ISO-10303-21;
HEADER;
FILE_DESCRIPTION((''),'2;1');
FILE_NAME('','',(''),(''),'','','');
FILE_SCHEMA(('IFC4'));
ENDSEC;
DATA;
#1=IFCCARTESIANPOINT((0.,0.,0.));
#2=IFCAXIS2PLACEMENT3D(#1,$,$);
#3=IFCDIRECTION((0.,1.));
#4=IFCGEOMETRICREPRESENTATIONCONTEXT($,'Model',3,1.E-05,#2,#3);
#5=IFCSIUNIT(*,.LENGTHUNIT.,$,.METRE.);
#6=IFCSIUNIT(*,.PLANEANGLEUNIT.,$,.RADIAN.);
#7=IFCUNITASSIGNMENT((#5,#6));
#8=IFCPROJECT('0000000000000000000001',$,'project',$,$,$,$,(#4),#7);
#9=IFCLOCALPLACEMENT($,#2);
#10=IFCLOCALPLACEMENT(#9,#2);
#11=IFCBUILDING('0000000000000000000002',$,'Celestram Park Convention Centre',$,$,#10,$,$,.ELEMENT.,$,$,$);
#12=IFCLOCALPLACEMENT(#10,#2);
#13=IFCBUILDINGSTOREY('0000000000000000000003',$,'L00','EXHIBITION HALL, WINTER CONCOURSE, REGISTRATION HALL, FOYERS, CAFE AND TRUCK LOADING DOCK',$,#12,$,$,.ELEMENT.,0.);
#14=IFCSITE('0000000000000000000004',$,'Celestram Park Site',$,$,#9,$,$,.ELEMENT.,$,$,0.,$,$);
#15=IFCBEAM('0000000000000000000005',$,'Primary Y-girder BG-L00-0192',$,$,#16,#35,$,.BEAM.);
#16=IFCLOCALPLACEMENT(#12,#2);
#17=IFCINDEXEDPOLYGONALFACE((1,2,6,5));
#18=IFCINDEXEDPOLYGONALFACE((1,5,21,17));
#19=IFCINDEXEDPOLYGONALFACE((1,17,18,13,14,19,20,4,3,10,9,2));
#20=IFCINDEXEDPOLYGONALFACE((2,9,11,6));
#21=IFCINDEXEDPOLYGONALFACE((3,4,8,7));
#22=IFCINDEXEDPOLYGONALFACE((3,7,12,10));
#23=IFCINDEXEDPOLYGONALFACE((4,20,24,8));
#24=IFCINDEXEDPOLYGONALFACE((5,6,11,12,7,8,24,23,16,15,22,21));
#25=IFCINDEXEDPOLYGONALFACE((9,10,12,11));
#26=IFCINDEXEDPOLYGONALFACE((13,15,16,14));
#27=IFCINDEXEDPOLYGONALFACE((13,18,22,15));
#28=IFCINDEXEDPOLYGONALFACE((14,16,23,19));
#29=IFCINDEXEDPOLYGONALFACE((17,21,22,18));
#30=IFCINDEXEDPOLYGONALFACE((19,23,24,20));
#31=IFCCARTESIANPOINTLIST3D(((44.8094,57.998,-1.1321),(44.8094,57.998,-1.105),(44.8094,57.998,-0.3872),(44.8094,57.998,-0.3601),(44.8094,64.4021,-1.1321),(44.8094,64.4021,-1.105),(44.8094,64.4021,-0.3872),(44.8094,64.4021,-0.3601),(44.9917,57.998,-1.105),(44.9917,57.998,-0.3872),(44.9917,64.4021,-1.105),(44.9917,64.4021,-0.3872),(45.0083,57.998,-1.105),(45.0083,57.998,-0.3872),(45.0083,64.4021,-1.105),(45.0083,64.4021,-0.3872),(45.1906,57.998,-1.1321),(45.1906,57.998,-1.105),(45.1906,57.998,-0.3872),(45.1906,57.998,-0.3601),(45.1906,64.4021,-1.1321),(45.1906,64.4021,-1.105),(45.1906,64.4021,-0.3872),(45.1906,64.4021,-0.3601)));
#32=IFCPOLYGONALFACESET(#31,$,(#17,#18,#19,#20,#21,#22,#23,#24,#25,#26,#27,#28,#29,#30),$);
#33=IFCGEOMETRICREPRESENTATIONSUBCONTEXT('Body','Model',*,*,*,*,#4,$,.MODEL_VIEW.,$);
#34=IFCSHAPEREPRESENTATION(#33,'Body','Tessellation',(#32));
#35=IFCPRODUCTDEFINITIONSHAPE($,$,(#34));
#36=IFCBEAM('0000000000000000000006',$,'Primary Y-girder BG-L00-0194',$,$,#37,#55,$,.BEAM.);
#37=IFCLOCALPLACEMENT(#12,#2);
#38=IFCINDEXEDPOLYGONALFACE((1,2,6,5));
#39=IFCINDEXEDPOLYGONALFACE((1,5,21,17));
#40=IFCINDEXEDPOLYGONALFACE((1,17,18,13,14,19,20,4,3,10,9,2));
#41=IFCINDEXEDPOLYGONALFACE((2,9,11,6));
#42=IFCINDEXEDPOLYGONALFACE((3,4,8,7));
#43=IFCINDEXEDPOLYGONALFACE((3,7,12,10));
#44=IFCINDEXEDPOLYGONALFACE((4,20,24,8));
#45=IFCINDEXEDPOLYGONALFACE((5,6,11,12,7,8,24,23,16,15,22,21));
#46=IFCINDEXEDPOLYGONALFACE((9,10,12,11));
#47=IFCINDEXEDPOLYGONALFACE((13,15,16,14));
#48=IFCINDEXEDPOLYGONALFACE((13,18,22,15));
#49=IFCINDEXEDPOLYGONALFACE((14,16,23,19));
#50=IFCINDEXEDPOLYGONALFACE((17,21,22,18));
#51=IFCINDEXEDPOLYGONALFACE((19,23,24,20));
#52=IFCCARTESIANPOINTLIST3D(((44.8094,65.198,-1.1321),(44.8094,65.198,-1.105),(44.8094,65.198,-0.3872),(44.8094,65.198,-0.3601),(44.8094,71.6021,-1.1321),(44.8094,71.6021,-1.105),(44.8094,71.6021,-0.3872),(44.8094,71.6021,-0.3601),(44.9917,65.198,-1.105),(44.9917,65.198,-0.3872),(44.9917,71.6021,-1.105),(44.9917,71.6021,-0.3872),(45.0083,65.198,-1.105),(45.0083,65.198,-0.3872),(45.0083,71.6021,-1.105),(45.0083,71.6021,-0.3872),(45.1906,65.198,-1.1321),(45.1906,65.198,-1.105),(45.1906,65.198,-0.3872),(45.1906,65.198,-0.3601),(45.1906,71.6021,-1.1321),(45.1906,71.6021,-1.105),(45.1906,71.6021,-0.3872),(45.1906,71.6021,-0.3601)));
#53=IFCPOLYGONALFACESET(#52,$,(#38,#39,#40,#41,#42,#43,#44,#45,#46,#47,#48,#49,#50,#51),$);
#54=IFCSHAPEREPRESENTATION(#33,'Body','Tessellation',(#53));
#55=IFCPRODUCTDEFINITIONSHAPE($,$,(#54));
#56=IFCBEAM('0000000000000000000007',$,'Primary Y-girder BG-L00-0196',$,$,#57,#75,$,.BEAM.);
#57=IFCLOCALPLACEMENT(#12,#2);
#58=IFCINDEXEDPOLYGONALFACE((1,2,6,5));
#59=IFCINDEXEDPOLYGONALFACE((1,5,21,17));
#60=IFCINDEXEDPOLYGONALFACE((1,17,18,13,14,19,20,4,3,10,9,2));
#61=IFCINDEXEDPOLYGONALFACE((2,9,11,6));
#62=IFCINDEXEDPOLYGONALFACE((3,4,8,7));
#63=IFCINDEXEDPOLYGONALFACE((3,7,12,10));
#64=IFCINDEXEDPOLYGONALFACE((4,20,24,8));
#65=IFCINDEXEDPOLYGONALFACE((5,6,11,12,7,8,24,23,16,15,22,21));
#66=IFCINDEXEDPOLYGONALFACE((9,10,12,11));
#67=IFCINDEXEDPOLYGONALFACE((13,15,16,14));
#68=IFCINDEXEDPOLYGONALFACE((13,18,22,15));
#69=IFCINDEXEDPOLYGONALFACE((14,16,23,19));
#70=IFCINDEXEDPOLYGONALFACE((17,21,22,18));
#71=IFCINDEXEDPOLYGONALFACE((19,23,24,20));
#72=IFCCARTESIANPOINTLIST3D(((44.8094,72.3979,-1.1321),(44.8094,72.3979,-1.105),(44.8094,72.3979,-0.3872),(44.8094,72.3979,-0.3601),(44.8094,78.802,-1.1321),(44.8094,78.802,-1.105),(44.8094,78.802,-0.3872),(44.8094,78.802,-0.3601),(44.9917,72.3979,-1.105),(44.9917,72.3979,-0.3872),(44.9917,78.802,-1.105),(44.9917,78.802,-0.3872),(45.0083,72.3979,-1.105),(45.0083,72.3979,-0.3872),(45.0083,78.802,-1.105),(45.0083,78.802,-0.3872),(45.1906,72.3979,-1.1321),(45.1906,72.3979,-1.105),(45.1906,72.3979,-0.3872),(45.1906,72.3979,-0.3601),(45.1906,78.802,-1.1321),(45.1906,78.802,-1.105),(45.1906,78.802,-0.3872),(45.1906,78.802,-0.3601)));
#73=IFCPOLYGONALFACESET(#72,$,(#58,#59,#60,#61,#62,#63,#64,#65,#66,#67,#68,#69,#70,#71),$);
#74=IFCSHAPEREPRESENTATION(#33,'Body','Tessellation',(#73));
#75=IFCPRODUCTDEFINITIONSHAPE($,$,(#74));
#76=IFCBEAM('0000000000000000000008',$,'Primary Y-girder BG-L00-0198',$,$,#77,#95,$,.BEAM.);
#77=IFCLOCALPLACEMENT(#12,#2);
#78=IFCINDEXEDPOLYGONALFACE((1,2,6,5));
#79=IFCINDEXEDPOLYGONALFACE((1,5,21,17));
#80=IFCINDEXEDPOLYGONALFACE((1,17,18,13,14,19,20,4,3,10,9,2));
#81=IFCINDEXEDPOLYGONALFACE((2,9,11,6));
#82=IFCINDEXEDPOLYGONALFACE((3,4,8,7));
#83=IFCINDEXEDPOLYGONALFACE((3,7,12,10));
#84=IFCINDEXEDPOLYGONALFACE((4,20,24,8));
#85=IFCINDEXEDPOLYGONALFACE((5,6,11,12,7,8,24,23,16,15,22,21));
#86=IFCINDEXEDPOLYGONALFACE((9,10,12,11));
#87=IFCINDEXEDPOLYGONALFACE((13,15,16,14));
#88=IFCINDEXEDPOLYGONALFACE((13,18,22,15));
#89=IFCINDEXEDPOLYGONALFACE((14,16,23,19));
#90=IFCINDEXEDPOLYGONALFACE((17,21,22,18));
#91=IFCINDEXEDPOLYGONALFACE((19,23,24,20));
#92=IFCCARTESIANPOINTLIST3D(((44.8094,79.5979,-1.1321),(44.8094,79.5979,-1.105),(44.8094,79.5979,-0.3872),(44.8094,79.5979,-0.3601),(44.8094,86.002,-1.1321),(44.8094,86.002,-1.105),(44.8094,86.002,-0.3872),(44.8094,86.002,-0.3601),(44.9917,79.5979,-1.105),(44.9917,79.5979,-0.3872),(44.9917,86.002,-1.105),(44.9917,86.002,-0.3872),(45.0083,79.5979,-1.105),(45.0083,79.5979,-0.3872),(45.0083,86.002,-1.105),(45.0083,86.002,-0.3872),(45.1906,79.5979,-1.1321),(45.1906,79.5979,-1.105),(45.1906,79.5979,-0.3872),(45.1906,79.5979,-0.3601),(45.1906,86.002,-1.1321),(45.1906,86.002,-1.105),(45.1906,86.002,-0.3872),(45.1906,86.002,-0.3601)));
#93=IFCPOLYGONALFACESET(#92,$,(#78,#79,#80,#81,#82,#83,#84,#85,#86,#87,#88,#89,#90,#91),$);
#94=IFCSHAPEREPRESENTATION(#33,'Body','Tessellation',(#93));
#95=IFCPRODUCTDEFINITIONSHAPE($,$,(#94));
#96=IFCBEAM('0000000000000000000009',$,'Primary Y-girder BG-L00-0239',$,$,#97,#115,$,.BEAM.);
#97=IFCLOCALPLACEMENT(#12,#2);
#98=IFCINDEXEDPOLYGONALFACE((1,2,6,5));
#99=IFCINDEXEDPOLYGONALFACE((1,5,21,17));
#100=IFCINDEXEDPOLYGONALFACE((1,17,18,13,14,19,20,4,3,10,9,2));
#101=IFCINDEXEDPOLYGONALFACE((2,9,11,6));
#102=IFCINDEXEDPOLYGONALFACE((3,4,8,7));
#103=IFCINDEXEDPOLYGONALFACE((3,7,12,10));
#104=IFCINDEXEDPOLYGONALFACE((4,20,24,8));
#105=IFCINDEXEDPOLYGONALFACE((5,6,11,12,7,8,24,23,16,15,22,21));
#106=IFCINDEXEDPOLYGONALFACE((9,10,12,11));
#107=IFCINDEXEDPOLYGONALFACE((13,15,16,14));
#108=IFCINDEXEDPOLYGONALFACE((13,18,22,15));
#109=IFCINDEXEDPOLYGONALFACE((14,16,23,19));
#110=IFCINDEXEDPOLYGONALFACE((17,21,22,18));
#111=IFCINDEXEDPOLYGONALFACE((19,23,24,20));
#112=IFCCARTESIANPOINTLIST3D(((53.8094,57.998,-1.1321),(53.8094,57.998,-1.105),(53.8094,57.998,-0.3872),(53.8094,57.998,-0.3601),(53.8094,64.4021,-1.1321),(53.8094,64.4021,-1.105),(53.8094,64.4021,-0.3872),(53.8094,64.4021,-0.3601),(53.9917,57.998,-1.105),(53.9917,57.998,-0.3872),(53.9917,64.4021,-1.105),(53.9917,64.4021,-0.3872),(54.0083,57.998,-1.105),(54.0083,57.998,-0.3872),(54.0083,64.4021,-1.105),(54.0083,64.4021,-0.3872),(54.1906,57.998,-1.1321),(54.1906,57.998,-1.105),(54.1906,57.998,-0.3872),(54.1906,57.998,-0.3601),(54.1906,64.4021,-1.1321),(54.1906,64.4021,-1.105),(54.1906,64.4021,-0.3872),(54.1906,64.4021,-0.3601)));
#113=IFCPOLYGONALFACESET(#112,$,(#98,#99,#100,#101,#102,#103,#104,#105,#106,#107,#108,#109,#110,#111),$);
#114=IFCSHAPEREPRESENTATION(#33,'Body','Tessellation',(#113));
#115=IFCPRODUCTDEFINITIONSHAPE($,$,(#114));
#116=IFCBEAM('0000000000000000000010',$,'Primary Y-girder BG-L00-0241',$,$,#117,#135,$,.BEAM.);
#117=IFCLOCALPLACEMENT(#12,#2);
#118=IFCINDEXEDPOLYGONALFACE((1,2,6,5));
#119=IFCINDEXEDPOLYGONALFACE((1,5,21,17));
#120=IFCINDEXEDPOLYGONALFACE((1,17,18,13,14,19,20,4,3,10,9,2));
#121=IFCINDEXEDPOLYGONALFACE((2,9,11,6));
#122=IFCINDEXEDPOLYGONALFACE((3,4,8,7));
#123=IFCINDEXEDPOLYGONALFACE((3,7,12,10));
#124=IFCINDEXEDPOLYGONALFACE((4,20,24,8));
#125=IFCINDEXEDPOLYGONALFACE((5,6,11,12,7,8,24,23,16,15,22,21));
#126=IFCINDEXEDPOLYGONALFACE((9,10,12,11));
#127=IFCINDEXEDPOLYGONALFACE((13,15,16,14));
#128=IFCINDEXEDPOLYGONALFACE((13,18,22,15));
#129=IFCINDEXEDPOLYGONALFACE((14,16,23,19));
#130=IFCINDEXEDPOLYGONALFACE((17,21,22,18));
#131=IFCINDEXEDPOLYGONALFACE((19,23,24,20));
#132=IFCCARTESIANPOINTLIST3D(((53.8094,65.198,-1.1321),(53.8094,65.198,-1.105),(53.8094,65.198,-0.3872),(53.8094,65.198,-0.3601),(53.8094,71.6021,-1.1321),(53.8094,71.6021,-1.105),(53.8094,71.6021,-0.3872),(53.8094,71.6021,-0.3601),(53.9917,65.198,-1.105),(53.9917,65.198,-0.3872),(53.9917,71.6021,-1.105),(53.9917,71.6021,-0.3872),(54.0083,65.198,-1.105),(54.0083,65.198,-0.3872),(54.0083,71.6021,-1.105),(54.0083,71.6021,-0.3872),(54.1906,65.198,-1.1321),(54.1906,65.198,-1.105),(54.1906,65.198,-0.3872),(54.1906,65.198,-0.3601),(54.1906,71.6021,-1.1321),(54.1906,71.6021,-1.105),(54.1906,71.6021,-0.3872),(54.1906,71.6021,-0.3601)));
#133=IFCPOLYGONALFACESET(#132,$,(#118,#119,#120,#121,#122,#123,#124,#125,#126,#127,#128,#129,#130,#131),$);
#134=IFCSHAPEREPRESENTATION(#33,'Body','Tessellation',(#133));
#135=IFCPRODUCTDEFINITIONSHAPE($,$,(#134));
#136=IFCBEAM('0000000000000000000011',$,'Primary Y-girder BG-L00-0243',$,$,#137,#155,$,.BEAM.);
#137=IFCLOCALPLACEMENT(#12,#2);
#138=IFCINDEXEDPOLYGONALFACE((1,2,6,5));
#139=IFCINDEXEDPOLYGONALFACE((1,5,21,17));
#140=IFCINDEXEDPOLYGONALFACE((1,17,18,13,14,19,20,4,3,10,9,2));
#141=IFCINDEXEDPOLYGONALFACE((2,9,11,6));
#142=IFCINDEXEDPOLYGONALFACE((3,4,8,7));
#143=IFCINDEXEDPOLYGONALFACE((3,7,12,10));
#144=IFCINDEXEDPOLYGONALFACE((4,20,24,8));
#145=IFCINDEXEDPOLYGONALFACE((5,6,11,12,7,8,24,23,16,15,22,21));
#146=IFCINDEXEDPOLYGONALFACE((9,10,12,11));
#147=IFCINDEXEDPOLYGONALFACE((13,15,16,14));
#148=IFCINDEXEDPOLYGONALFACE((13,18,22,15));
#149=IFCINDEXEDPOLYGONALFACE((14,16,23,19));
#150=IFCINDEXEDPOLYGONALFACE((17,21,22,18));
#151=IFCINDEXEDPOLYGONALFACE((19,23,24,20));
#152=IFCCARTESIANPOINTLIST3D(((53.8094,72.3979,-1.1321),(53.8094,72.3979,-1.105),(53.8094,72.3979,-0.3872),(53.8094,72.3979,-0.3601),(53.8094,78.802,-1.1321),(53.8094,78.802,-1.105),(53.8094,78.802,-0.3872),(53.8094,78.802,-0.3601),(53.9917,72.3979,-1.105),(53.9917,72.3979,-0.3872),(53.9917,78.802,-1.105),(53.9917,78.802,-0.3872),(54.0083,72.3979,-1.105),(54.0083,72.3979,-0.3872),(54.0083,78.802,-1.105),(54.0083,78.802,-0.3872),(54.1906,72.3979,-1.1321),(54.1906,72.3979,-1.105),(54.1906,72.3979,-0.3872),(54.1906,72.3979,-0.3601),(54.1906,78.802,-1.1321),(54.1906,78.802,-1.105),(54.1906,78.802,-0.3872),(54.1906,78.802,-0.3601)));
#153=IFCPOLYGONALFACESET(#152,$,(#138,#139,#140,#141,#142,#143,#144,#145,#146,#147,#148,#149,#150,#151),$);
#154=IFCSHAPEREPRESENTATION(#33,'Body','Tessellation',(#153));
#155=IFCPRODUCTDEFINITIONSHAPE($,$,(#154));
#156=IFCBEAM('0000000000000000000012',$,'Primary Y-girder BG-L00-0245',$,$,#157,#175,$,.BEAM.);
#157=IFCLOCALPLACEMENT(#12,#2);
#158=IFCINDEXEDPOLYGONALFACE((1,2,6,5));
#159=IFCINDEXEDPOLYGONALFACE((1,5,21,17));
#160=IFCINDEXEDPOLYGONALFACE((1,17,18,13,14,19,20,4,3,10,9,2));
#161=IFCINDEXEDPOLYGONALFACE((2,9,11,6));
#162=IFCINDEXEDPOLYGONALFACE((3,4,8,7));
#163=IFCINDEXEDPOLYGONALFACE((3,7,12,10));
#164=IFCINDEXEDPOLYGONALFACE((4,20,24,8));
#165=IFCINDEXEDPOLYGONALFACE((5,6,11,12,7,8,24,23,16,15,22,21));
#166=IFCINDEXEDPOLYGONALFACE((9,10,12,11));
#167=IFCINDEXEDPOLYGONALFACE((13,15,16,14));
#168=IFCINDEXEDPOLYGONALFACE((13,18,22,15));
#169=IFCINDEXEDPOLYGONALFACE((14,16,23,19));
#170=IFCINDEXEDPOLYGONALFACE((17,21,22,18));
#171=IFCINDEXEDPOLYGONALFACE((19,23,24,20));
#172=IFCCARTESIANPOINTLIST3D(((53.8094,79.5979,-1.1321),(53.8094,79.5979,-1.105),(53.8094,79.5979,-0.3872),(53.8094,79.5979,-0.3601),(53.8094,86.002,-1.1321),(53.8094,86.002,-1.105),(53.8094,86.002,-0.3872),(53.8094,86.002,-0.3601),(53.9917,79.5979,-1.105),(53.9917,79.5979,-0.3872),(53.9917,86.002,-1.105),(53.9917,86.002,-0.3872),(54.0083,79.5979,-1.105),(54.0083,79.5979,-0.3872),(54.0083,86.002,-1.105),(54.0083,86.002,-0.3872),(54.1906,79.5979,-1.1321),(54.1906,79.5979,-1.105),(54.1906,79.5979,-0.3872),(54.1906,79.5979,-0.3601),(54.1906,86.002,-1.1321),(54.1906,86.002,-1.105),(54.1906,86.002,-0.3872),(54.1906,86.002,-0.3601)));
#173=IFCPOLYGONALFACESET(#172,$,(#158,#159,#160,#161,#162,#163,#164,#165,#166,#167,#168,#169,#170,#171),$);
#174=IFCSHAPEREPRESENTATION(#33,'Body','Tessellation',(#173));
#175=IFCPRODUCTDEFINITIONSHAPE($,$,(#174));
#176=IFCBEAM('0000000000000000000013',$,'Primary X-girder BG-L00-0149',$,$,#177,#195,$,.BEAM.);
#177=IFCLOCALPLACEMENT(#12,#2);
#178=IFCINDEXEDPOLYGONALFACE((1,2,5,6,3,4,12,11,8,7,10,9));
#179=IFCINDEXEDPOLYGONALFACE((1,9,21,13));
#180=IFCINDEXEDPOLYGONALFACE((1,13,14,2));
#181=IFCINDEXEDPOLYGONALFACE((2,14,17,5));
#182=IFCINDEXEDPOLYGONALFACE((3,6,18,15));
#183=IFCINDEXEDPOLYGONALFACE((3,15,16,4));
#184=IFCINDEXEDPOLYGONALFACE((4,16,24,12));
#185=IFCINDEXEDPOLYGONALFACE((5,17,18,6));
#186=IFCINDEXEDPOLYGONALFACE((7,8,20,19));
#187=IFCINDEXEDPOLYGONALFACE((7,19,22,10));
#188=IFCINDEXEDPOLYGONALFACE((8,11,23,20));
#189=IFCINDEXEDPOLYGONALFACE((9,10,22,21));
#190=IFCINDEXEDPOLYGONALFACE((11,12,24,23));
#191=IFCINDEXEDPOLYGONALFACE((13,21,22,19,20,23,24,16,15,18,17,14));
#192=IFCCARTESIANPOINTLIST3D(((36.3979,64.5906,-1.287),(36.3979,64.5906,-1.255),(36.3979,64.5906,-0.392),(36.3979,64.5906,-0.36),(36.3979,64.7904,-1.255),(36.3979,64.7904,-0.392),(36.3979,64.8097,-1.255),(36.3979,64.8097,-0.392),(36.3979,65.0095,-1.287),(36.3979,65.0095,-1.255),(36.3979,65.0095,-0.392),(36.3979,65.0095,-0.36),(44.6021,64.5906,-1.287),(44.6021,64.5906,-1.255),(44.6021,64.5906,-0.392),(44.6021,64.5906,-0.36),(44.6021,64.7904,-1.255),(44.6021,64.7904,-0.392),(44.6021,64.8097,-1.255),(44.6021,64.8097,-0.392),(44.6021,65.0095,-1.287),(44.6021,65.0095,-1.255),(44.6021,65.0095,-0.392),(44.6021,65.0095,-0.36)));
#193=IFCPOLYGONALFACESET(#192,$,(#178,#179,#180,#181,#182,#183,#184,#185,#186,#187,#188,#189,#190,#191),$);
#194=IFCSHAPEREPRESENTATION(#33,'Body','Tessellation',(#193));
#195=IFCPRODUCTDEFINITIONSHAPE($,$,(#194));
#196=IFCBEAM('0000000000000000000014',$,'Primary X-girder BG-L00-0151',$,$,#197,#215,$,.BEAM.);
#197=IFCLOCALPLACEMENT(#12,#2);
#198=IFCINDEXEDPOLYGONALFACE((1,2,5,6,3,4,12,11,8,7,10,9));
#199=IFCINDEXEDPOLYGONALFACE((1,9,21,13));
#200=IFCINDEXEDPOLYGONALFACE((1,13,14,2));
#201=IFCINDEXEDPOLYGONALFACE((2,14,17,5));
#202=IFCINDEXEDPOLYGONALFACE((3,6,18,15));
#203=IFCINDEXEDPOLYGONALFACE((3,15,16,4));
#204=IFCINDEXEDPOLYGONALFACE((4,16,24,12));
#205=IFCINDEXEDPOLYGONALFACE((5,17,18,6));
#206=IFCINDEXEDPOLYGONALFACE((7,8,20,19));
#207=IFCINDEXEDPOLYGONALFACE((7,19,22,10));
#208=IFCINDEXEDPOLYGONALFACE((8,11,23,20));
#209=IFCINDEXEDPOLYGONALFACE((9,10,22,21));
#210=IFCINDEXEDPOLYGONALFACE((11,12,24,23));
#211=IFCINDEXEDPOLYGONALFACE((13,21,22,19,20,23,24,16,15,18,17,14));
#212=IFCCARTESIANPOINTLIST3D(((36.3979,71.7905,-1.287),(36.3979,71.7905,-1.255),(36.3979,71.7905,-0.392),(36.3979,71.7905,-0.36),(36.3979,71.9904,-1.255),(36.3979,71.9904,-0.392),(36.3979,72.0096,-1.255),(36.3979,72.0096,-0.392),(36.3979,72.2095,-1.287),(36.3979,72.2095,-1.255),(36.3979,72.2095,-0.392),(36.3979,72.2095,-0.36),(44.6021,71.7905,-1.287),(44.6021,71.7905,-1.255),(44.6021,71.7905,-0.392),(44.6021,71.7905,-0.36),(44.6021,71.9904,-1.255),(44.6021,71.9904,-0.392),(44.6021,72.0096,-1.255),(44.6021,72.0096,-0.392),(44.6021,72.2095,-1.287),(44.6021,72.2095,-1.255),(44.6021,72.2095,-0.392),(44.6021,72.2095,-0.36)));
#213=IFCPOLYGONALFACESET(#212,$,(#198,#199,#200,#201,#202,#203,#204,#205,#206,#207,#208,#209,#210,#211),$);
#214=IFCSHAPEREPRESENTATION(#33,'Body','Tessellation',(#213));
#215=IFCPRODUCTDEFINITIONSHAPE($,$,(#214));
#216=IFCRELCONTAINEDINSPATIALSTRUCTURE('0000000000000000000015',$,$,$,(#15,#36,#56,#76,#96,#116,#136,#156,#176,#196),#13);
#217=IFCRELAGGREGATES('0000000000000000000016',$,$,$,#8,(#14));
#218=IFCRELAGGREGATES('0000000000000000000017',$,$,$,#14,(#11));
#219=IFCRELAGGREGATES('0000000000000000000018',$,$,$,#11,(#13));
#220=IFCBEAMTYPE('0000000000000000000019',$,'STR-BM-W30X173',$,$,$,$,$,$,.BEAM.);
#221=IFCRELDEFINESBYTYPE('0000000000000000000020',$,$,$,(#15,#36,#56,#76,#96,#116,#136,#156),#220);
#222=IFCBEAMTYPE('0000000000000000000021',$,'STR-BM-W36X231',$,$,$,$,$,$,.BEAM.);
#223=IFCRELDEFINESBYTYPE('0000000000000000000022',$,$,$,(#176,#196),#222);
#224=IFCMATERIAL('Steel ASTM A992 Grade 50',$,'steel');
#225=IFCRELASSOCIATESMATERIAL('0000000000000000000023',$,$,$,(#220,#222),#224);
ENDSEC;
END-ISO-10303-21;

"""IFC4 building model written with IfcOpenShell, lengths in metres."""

from ifc_helpers import new_model, si_unit, direction, frame, origin, origin_2d, place, context, subcontext, project, spatial, i_section, extrude, material, material_profile, profile_set, type_object, element, save


model = new_model("IFC4")

# Units and contexts
model_context = context("Model", 3, precision=1e-05, world=origin(), true_north=direction((0.0, 1.0)))
body_context = subcontext(model_context, "Body", "Model", "MODEL_VIEW")
ifc_project = project(units=[si_unit("LENGTHUNIT", "METRE"), si_unit("PLANEANGLEUNIT", "RADIAN")], contexts=[model_context])

# Site, building, storey
site_placement = place(None, origin())
site = spatial("IfcSite", under=ifc_project, at=site_placement, Name="Celestram Park Site", CompositionType="ELEMENT", RefElevation=0.0)
building_placement = place(site_placement, origin())
building = spatial("IfcBuilding", under=site, at=building_placement, Name="Celestram Park Convention Centre", CompositionType="ELEMENT")
storey_placement = place(building_placement, origin())
storey = spatial("IfcBuildingStorey", under=building, at=storey_placement, Name="L00", Description="EXHIBITION HALL, WINTER CONCOURSE, REGISTRATION HALL, FOYERS, CAFE AND TRUCK LOADING DOCK", CompositionType="ELEMENT", Elevation=0.0)

# Beams
ifc_material_1 = material(Name="Steel ASTM A992 Grade 50", Category="steel")
ifc_material_profile_1 = material_profile(ifc_material_1, i_section(OverallWidth=0.3811, OverallDepth=0.772, WebThickness=0.0166, FlangeThickness=0.0271, at=origin_2d()), Name="W30X173")
ifc_profile_set_1 = profile_set([ifc_material_profile_1], Name="Steel ASTM A992 Grade 50")
beam_type_1 = type_object("IfcBeamType", Name="STR-BM-W30X173", PredefinedType="BEAM", material=ifc_profile_set_1)
for number, where, z_axis, x_axis, name in (
    (1, (45.0, 57.998, -0.7461), (0.0, 1.0, 0.0), (-1.0, 0.0, 0.0), "Primary Y-girder BG-L00-0192"),
    (2, (45.0, 65.198, -0.7461), (0.0, 1.0, 0.0), (-1.0, 0.0, 0.0), "Primary Y-girder BG-L00-0194"),
    (3, (45.0, 72.3979, -0.7461), (0.0, 1.0, 0.0), (-1.0, 0.0, 0.0), "Primary Y-girder BG-L00-0196"),
    (4, (45.0, 79.5979, -0.7461), (0.0, 1.0, 0.0), (-1.0, 0.0, 0.0), "Primary Y-girder BG-L00-0198"),
    (5, (54.0, 57.998, -0.7461), (0.0, 1.0, 0.0), (-1.0, 0.0, 0.0), "Primary Y-girder BG-L00-0239"),
    (6, (54.0, 65.198, -0.7461), (0.0, 1.0, 0.0), (-1.0, 0.0, 0.0), "Primary Y-girder BG-L00-0241"),
    (7, (54.0, 72.3979, -0.7461), (0.0, 1.0, 0.0), (-1.0, 0.0, 0.0), "Primary Y-girder BG-L00-0243"),
    (8, (54.0, 79.5979, -0.7461), (0.0, 1.0, 0.0), (-1.0, 0.0, 0.0), "Primary Y-girder BG-L00-0245"),
):
    element("IfcBeam", number, at=place(storey_placement, frame(where, z_axis=z_axis, x_axis=x_axis)), inside=storey, type_object=beam_type_1, Name=name, PredefinedType="BEAM", context=body_context, shape_type="SweptSolid", body=[
        extrude(i_section(OverallWidth=0.3811, OverallDepth=0.772, WebThickness=0.0166, FlangeThickness=0.0271, at=origin_2d()), origin(), (0.0, 0.0, 1.0), 6.4041),
    ])
ifc_material_profile_2 = material_profile(ifc_material_1, i_section(OverallWidth=0.4189, OverallDepth=0.927, WebThickness=0.0193, FlangeThickness=0.032, at=origin_2d()), Name="W36X231")
ifc_profile_set_2 = profile_set([ifc_material_profile_2], Name="Steel ASTM A992 Grade 50")
beam_type_2 = type_object("IfcBeamType", Name="STR-BM-W36X231", PredefinedType="BEAM", material=ifc_profile_set_2)
for number, where, z_axis, x_axis, name in (
    (9, (36.3979, 64.8, -0.8235), (1.0, 0.0, 0.0), (0.0, 1.0, 0.0), "Primary X-girder BG-L00-0149"),
    (10, (36.3979, 72.0, -0.8235), (1.0, 0.0, 0.0), (0.0, 1.0, 0.0), "Primary X-girder BG-L00-0151"),
):
    element("IfcBeam", number, at=place(storey_placement, frame(where, z_axis=z_axis, x_axis=x_axis)), inside=storey, type_object=beam_type_2, Name=name, PredefinedType="BEAM", context=body_context, shape_type="SweptSolid", body=[
        extrude(i_section(OverallWidth=0.4189, OverallDepth=0.927, WebThickness=0.0193, FlangeThickness=0.032, at=origin_2d()), origin(), (0.0, 0.0, 1.0), 8.2041),
    ])

save(model, "model.ifc")
